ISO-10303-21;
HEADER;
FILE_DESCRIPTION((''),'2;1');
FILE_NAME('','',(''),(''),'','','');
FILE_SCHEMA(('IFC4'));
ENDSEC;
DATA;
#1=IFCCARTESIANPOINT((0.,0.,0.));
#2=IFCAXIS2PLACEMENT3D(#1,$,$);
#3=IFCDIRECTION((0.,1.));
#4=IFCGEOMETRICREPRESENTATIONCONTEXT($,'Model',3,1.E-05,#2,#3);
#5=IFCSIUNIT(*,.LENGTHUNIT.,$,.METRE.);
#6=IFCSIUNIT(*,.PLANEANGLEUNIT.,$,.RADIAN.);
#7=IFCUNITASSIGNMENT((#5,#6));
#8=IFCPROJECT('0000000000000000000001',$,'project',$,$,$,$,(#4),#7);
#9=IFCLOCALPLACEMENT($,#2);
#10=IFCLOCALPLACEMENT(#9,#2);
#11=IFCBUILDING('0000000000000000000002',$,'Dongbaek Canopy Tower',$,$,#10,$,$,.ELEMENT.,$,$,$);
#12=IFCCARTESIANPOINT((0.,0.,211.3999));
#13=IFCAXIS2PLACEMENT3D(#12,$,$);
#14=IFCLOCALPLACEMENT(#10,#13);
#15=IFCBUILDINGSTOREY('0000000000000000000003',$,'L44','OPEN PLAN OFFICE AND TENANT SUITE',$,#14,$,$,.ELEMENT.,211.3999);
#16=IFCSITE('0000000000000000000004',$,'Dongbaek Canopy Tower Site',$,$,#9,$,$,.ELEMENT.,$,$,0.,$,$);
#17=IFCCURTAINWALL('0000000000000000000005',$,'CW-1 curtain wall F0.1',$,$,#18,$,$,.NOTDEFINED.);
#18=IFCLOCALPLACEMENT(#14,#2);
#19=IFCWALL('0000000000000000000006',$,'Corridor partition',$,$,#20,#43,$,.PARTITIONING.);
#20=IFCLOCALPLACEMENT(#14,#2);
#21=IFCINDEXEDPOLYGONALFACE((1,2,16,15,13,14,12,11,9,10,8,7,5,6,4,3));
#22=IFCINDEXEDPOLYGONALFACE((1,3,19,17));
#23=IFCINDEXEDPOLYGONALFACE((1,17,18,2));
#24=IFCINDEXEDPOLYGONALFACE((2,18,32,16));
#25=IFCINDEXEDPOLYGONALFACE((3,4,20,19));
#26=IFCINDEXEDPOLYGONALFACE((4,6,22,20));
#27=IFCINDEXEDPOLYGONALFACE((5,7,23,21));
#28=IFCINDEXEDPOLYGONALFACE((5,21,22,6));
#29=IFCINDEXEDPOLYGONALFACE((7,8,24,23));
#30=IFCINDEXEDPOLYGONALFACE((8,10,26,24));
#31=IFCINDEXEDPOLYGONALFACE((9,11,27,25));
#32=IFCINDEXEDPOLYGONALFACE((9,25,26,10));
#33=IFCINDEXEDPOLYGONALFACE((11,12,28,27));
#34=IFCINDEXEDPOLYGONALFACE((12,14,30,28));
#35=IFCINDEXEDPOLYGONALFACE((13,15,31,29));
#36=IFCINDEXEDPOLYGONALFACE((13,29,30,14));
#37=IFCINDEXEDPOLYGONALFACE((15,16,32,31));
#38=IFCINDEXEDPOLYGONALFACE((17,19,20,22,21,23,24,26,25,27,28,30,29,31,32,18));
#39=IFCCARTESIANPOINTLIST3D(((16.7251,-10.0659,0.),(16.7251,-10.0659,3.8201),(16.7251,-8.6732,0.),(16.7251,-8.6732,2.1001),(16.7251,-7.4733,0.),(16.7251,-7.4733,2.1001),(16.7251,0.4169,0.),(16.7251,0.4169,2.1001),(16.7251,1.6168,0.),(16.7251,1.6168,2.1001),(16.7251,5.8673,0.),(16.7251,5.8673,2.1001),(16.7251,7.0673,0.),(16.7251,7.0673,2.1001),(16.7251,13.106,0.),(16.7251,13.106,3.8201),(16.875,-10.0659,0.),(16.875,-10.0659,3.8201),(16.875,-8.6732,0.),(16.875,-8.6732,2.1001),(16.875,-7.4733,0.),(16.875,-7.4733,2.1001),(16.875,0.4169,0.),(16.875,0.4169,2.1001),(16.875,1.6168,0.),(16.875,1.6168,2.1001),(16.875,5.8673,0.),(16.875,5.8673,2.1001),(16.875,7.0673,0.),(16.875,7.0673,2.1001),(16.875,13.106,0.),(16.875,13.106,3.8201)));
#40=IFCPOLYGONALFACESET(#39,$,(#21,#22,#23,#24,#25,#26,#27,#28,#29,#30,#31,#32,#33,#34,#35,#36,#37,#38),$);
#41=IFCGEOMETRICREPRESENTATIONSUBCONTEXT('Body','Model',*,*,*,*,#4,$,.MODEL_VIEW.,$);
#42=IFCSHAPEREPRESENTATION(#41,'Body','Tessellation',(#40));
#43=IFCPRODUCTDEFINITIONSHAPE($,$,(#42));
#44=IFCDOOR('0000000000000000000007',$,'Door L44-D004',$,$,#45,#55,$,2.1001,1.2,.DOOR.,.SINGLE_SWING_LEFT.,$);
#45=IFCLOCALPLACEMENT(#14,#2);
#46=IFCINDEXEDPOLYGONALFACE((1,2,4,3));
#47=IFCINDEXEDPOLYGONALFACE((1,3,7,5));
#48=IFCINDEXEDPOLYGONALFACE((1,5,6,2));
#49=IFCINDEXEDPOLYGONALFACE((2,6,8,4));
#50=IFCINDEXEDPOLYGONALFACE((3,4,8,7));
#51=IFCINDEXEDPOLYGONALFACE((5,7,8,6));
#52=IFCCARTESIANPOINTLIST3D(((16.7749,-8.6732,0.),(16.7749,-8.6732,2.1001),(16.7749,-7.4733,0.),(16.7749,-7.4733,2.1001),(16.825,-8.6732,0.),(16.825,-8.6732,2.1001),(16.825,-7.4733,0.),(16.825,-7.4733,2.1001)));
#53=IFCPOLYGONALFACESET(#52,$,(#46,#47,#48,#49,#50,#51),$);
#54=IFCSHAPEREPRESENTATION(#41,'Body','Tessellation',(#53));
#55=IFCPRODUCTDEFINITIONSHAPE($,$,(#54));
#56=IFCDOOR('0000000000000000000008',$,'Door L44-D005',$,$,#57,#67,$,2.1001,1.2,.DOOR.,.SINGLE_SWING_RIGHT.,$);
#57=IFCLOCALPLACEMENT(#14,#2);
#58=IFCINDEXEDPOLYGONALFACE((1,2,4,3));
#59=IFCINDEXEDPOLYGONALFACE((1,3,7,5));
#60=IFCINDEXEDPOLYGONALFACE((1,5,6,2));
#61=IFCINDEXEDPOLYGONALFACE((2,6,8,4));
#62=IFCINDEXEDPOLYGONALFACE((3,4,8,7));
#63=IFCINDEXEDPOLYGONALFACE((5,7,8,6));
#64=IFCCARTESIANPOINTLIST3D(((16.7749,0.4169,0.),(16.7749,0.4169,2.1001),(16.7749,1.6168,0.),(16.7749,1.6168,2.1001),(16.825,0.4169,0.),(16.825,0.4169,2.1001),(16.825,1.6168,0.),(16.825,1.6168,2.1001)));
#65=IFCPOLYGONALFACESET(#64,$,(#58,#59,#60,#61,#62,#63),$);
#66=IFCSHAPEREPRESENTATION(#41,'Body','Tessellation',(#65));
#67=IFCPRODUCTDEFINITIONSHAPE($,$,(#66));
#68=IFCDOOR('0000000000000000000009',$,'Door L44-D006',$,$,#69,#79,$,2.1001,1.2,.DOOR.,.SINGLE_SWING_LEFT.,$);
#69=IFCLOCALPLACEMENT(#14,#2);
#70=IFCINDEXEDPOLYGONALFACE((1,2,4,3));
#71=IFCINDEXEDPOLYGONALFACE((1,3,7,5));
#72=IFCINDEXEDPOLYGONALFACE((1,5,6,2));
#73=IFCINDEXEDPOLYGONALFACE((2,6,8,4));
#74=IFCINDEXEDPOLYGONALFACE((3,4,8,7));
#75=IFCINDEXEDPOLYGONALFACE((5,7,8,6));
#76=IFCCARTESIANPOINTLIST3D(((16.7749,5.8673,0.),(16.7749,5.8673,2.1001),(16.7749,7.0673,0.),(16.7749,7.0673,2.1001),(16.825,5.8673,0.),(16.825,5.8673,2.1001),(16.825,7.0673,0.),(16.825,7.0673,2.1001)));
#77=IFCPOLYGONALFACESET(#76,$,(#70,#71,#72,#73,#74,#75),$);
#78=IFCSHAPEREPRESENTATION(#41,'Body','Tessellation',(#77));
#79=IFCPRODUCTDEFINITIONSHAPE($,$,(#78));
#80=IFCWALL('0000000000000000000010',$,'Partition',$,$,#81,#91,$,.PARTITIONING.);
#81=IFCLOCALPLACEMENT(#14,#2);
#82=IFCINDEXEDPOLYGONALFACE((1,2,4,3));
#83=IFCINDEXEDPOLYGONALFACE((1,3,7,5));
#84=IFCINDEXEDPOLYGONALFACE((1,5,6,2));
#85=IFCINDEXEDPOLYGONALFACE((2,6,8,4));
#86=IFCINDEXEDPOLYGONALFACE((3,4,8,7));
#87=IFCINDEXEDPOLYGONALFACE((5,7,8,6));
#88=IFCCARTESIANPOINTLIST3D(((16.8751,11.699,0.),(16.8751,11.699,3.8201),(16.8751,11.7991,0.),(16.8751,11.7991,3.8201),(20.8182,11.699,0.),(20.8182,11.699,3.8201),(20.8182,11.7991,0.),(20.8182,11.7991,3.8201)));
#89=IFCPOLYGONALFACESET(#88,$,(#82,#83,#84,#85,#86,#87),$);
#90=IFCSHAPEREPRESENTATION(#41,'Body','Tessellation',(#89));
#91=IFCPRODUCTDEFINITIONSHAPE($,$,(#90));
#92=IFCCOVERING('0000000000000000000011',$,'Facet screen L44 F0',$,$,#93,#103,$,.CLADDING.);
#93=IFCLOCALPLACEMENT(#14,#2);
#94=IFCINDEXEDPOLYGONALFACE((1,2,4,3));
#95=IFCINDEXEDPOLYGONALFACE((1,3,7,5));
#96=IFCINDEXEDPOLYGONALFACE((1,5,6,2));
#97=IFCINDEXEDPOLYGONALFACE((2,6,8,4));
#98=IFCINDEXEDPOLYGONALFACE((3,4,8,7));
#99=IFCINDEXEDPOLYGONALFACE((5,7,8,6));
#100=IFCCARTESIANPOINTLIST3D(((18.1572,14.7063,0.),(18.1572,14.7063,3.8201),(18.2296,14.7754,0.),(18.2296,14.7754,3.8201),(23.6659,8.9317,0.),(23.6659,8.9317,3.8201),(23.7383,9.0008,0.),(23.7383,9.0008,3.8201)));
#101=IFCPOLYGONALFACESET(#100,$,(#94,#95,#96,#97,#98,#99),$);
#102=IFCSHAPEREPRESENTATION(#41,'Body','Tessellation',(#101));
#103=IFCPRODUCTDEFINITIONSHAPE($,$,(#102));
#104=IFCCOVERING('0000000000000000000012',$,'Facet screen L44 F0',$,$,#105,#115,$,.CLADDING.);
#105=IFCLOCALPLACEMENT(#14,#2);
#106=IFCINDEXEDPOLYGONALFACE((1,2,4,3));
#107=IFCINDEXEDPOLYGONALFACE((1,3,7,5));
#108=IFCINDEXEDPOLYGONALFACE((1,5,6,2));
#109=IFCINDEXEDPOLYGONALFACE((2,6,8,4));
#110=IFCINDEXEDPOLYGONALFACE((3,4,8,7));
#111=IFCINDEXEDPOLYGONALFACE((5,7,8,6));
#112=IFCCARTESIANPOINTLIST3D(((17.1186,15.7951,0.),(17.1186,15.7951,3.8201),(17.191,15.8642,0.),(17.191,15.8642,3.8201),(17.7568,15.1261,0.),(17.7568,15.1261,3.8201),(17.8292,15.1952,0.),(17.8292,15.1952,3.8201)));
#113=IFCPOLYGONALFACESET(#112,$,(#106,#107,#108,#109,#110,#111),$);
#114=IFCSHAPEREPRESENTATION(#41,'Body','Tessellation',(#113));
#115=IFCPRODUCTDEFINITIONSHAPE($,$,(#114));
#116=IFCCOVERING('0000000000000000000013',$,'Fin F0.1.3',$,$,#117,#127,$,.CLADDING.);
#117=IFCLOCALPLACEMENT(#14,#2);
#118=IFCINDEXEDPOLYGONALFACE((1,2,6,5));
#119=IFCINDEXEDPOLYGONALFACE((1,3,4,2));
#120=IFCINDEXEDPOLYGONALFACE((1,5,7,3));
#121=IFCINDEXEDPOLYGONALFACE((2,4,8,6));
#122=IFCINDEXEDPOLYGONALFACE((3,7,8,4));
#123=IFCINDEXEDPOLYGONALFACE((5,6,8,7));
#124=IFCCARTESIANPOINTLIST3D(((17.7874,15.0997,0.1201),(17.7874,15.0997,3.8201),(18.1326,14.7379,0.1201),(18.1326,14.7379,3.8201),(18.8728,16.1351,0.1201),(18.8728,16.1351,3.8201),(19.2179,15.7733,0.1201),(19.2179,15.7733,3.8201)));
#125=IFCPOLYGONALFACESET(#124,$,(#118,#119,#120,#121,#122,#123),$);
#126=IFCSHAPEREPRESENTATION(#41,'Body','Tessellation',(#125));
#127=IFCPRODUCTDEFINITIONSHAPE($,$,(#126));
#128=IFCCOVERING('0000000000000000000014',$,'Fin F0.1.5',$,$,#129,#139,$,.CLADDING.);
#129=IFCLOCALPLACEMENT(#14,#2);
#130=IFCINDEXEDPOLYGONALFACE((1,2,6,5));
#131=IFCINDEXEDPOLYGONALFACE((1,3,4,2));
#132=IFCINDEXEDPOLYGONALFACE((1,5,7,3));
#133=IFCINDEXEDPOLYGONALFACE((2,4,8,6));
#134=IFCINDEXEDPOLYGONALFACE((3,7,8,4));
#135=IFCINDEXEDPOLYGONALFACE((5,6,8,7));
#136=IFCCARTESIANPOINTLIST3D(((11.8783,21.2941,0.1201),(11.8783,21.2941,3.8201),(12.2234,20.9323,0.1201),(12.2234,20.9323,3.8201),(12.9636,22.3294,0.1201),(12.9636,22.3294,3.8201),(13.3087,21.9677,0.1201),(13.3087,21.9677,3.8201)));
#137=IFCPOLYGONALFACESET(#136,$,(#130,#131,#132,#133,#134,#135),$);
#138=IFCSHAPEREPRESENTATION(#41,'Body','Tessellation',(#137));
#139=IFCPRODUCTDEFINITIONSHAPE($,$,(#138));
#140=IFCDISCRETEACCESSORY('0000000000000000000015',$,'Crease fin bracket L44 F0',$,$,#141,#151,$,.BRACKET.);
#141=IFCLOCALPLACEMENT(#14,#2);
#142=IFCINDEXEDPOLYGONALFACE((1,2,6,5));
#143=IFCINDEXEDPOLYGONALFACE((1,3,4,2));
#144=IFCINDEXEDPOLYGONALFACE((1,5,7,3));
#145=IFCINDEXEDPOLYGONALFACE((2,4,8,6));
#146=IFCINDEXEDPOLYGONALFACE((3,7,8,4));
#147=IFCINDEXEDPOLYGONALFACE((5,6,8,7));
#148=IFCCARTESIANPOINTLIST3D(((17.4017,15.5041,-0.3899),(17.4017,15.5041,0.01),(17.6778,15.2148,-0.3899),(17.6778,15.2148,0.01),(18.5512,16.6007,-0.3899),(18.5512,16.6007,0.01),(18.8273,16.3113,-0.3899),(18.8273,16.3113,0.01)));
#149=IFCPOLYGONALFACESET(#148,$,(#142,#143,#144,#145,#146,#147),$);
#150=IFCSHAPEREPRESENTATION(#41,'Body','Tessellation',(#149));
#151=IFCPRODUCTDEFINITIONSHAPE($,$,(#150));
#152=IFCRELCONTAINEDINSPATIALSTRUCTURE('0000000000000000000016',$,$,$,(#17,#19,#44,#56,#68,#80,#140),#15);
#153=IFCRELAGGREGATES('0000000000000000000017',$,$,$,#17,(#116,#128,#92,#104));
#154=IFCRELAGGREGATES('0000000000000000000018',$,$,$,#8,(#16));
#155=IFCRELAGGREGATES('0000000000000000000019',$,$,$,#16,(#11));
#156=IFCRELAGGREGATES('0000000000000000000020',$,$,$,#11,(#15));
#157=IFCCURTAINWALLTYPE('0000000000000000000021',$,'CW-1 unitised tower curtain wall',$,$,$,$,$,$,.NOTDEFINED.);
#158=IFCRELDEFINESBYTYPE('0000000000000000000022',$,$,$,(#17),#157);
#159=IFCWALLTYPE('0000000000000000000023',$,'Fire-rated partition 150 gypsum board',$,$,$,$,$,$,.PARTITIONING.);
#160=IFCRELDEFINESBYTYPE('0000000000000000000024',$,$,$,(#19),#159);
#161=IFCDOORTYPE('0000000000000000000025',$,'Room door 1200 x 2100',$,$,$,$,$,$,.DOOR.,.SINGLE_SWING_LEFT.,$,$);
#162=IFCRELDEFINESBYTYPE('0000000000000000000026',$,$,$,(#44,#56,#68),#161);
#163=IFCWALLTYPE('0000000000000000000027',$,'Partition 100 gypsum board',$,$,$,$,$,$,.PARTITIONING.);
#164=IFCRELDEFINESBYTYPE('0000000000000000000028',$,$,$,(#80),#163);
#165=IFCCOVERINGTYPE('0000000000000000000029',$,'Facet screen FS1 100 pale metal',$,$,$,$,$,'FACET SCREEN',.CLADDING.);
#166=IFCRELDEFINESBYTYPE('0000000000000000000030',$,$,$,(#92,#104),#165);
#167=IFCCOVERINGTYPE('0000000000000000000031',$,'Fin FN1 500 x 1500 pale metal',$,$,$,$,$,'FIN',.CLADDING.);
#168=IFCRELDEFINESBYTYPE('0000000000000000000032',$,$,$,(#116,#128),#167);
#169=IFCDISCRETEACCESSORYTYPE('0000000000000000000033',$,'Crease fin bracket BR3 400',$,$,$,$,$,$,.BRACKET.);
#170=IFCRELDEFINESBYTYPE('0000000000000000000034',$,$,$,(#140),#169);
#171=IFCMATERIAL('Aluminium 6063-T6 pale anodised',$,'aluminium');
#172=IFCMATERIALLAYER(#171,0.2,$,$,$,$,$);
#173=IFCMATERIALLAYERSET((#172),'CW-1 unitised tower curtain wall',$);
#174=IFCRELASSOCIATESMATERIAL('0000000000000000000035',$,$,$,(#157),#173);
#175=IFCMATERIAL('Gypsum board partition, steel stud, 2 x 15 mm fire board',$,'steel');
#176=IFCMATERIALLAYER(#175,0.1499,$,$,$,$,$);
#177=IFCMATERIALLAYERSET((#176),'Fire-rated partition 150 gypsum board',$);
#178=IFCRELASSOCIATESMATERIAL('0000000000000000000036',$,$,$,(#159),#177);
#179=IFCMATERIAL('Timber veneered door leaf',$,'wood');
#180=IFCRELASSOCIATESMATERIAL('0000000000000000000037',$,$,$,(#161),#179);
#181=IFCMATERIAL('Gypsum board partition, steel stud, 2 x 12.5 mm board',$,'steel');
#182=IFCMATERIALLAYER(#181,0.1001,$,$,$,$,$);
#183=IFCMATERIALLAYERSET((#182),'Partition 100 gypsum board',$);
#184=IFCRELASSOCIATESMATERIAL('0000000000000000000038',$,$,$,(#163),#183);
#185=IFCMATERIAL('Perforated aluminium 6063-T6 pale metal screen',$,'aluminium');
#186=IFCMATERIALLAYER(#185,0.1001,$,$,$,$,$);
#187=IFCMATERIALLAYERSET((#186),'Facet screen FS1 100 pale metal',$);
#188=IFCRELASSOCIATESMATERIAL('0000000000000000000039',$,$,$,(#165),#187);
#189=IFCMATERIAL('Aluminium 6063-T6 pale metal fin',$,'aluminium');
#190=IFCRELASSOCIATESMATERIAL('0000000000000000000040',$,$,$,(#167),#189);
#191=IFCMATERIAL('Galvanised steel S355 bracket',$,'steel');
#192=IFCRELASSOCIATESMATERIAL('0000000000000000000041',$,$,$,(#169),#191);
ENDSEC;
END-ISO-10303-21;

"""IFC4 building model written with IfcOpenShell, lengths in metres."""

from ifc_helpers import new_model, si_unit, direction, frame, frame_2d, origin, origin_2d, place, context, subcontext, project, spatial, rectangle, extrude, material, layer, layer_set, material_profile, profile_set, type_object, element, fill, aggregate, save


model = new_model("IFC4")

# Units and contexts
model_context = context("Model", 3, precision=1e-05, world=origin(), true_north=direction((0.0, 1.0)))
body_context = subcontext(model_context, "Body", "Model", "MODEL_VIEW")
ifc_project = project(units=[si_unit("LENGTHUNIT", "METRE"), si_unit("PLANEANGLEUNIT", "RADIAN")], contexts=[model_context])

# Site, building, storey
site_placement = place(None, origin())
site = spatial("IfcSite", under=ifc_project, at=site_placement, Name="Dongbaek Canopy Tower Site", CompositionType="ELEMENT", RefElevation=0.0)
building_placement = place(site_placement, origin())
building = spatial("IfcBuilding", under=site, at=building_placement, Name="Dongbaek Canopy Tower", CompositionType="ELEMENT")
storey_placement = place(building_placement, frame((0.0, 0.0, 211.3999)))
storey = spatial("IfcBuildingStorey", under=building, at=storey_placement, Name="L44", Description="OPEN PLAN OFFICE AND TENANT SUITE", CompositionType="ELEMENT", Elevation=211.3999)

# Curtain wall
ifc_material_1 = material(Name="Aluminium 6063-T6 pale anodised", Category="aluminium")
ifc_layer_1 = layer(ifc_material_1, 0.2)
ifc_layer_set_1 = layer_set([ifc_layer_1], Name="CW-1 unitised tower curtain wall")
curtain_wall_type = type_object("IfcCurtainWallType", Name="CW-1 unitised tower curtain wall", PredefinedType="NOTDEFINED", material=ifc_layer_set_1)
curtain_wall_placement = place(storey_placement, origin())
curtain_wall = element("IfcCurtainWall", 1, at=curtain_wall_placement, inside=storey, type_object=curtain_wall_type, Name="CW-1 curtain wall F0.1", PredefinedType="NOTDEFINED")

# Wall, openings, doors
ifc_material_2 = material(Name="Gypsum board partition, steel stud, 2 x 15 mm fire board", Category="steel")
ifc_layer_2 = layer(ifc_material_2, 0.1499)
ifc_layer_set_2 = layer_set([ifc_layer_2], Name="Fire-rated partition 150 gypsum board")
wall_type_1 = type_object("IfcWallType", Name="Fire-rated partition 150 gypsum board", PredefinedType="PARTITIONING", material=ifc_layer_set_2)
wall_1_placement = place(storey_placement, frame((16.8, 13.106, 0.0), z_axis=(0.0, 0.0, 1.0), x_axis=(0.0, -1.0, 0.0)))
wall_1 = element("IfcWall", 2, at=wall_1_placement, inside=storey, type_object=wall_type_1, Name="Corridor partition", PredefinedType="PARTITIONING", context=body_context, shape_type="SweptSolid", body=[
    extrude(rectangle(XDim=23.1719, YDim=0.1499, at=frame_2d((11.5859, 0.0))), origin(), (0.0, 0.0, 1.0), 3.8201),
])
opening_1_placement = place(wall_1_placement, frame((20.5791, 0.0, 0.0)))
opening_1 = element("IfcOpeningElement", 3, at=opening_1_placement, cuts=wall_1, PredefinedType="OPENING", context=body_context, shape_type="SweptSolid", body=[
    extrude(rectangle(XDim=1.2, YDim=2.1001, at=frame_2d((0.6001, 1.05))), frame((0.0, 0.085, 0.0), z_axis=(0.0, -1.0, 0.0), x_axis=(1.0, 0.0, 0.0)), (0.0, 0.0, 1.0), 0.1699),
])
opening_2_placement = place(wall_1_placement, frame((11.489, 0.0, 0.0)))
opening_2 = element("IfcOpeningElement", 4, at=opening_2_placement, cuts=wall_1, PredefinedType="OPENING", context=body_context, shape_type="SweptSolid", body=[
    extrude(rectangle(XDim=1.2, YDim=2.1001, at=frame_2d((0.6001, 1.05))), frame((0.0, 0.085, 0.0), z_axis=(0.0, -1.0, 0.0), x_axis=(1.0, 0.0, 0.0)), (0.0, 0.0, 1.0), 0.1699),
])
opening_3_placement = place(wall_1_placement, frame((6.0386, 0.0, 0.0)))
opening_3 = element("IfcOpeningElement", 5, at=opening_3_placement, cuts=wall_1, PredefinedType="OPENING", context=body_context, shape_type="SweptSolid", body=[
    extrude(rectangle(XDim=1.2, YDim=2.1001, at=frame_2d((0.6001, 1.05))), frame((0.0, 0.085, 0.0), z_axis=(0.0, -1.0, 0.0), x_axis=(1.0, 0.0, 0.0)), (0.0, 0.0, 1.0), 0.1699),
])
ifc_material_3 = material(Name="Timber veneered door leaf", Category="wood")
door_type = type_object("IfcDoorType", Name="Room door 1200 x 2100", OperationType="SINGLE_SWING_LEFT", PredefinedType="DOOR", material=ifc_material_3)
door_1_placement = place(opening_1_placement, origin())
door_1 = element("IfcDoor", 6, at=door_1_placement, inside=storey, type_object=door_type, Name="Door L44-D004", OperationType="SINGLE_SWING_LEFT", OverallHeight=2.1001, OverallWidth=1.2, PredefinedType="DOOR", context=body_context, shape_type="SweptSolid", body=[
    extrude(rectangle(XDim=1.2, YDim=2.1001, at=frame_2d((0.6001, 1.05))), frame((0.0, 0.0249, 0.0), z_axis=(0.0, -1.0, 0.0), x_axis=(1.0, 0.0, 0.0)), (0.0, 0.0, 1.0), 0.05),
])
fill(opening_1, door_1)
door_2_placement = place(opening_2_placement, origin())
door_2 = element("IfcDoor", 7, at=door_2_placement, inside=storey, type_object=door_type, Name="Door L44-D005", OperationType="SINGLE_SWING_RIGHT", OverallHeight=2.1001, OverallWidth=1.2, PredefinedType="DOOR", context=body_context, shape_type="SweptSolid", body=[
    extrude(rectangle(XDim=1.2, YDim=2.1001, at=frame_2d((0.6001, 1.05))), frame((0.0, 0.0249, 0.0), z_axis=(0.0, -1.0, 0.0), x_axis=(1.0, 0.0, 0.0)), (0.0, 0.0, 1.0), 0.05),
])
fill(opening_2, door_2)
door_3_placement = place(opening_3_placement, origin())
door_3 = element("IfcDoor", 8, at=door_3_placement, inside=storey, type_object=door_type, Name="Door L44-D006", OperationType="SINGLE_SWING_LEFT", OverallHeight=2.1001, OverallWidth=1.2, PredefinedType="DOOR", context=body_context, shape_type="SweptSolid", body=[
    extrude(rectangle(XDim=1.2, YDim=2.1001, at=frame_2d((0.6001, 1.05))), frame((0.0, 0.0249, 0.0), z_axis=(0.0, -1.0, 0.0), x_axis=(1.0, 0.0, 0.0)), (0.0, 0.0, 1.0), 0.05),
])
fill(opening_3, door_3)

# Wall
ifc_material_4 = material(Name="Gypsum board partition, steel stud, 2 x 12.5 mm board", Category="steel")
ifc_layer_3 = layer(ifc_material_4, 0.1001)
ifc_layer_set_3 = layer_set([ifc_layer_3], Name="Partition 100 gypsum board")
wall_type_2 = type_object("IfcWallType", Name="Partition 100 gypsum board", PredefinedType="PARTITIONING", material=ifc_layer_set_3)
wall_2_placement = place(storey_placement, frame((16.875, 11.749, 0.0), z_axis=(0.0, 0.0, 1.0), x_axis=(1.0, 0.0, 0.0)))
element("IfcWall", 9, at=wall_2_placement, inside=storey, type_object=wall_type_2, Name="Partition", PredefinedType="PARTITIONING", context=body_context, shape_type="SweptSolid", body=[
    extrude(rectangle(XDim=3.9431, YDim=0.1001, at=frame_2d((1.9717, 0.0))), origin(), (0.0, 0.0, 1.0), 3.8201),
])

# Coverings
ifc_material_5 = material(Name="Perforated aluminium 6063-T6 pale metal screen", Category="aluminium")
ifc_layer_4 = layer(ifc_material_5, 0.1001)
ifc_layer_set_4 = layer_set([ifc_layer_4], Name="Facet screen FS1 100 pale metal")
covering_type_1 = type_object("IfcCoveringType", Name="Facet screen FS1 100 pale metal", ElementType="FACET SCREEN", PredefinedType="CLADDING", material=ifc_layer_set_4)
covering_1_placement = place(storey_placement, frame((20.9478, 11.8535, 0.0), z_axis=(0.0, 0.0, 1.0), x_axis=(-0.69025, 0.723571, 0.0)))
covering_1 = element("IfcCovering", 10, at=covering_1_placement, type_object=covering_type_1, Name="Facet screen L44 F0", PredefinedType="CLADDING", context=body_context, shape_type="SweptSolid", body=[
    extrude(rectangle(XDim=7.9807, YDim=0.1001, at=origin_2d()), origin(), (0.0, 0.0, 1.0), 3.8201),
])
covering_2_placement = place(storey_placement, frame((17.4739, 15.4951, 0.0), z_axis=(0.0, 0.0, 1.0), x_axis=(-0.69025, 0.723571, 0.0)))
covering_2 = element("IfcCovering", 11, at=covering_2_placement, type_object=covering_type_1, Name="Facet screen L44 F0", PredefinedType="CLADDING", context=body_context, shape_type="SweptSolid", body=[
    extrude(rectangle(XDim=0.9246, YDim=0.1001, at=origin_2d()), origin(), (0.0, 0.0, 1.0), 3.8201),
])
ifc_material_6 = material(Name="Aluminium 6063-T6 pale metal fin", Category="aluminium")
ifc_material_profile_1 = material_profile(ifc_material_6, rectangle(XDim=1.5, YDim=0.5, at=origin_2d()), Name="Fin FN1 500 x 1500 pale metal")
ifc_profile_set_1 = profile_set([ifc_material_profile_1], Name="Aluminium 6063-T6 pale metal fin")
covering_type_2 = type_object("IfcCoveringType", Name="Fin FN1 500 x 1500 pale metal", ElementType="FIN", PredefinedType="CLADDING", material=ifc_profile_set_1)
covering_3_placement = place(storey_placement, frame((18.5027, 15.4365, 0.1201), z_axis=(0.0, 0.0, 1.0), x_axis=(0.723571, 0.69025, 0.0)))
covering_3 = element("IfcCovering", 12, at=covering_3_placement, type_object=covering_type_2, Name="Fin F0.1.3", PredefinedType="CLADDING", context=body_context, shape_type="SweptSolid", body=[
    extrude(rectangle(XDim=1.5, YDim=0.5, at=origin_2d()), origin(), (0.0, 0.0, 1.0), 3.7),
])
covering_4_placement = place(storey_placement, frame((12.5935, 21.6309, 0.1201), z_axis=(0.0, 0.0, 1.0), x_axis=(0.723571, 0.69025, 0.0)))
covering_4 = element("IfcCovering", 13, at=covering_4_placement, type_object=covering_type_2, Name="Fin F0.1.5", PredefinedType="CLADDING", context=body_context, shape_type="SweptSolid", body=[
    extrude(rectangle(XDim=1.5, YDim=0.5, at=origin_2d()), origin(), (0.0, 0.0, 1.0), 3.7),
])
aggregate(curtain_wall, [covering_3, covering_4, covering_1, covering_2])

# Discrete accessory
ifc_material_7 = material(Name="Galvanised steel S355 bracket", Category="steel")
discrete_accessory_type = type_object("IfcDiscreteAccessoryType", Name="Crease fin bracket BR3 400", PredefinedType="BRACKET", material=ifc_material_7)
discrete_accessory_placement = place(storey_placement, frame((18.1145, 15.9077, -0.3899), z_axis=(0.0, 0.0, 1.0), x_axis=(0.723571, 0.69025, 0.0)))
element("IfcDiscreteAccessory", 14, at=discrete_accessory_placement, inside=storey, type_object=discrete_accessory_type, Name="Crease fin bracket L44 F0", PredefinedType="BRACKET", context=body_context, shape_type="SweptSolid", body=[
    extrude(rectangle(XDim=1.5886, YDim=0.3999, at=origin_2d()), origin(), (0.0, 0.0, 1.0), 0.3999),
])

save(model, "model.ifc")
